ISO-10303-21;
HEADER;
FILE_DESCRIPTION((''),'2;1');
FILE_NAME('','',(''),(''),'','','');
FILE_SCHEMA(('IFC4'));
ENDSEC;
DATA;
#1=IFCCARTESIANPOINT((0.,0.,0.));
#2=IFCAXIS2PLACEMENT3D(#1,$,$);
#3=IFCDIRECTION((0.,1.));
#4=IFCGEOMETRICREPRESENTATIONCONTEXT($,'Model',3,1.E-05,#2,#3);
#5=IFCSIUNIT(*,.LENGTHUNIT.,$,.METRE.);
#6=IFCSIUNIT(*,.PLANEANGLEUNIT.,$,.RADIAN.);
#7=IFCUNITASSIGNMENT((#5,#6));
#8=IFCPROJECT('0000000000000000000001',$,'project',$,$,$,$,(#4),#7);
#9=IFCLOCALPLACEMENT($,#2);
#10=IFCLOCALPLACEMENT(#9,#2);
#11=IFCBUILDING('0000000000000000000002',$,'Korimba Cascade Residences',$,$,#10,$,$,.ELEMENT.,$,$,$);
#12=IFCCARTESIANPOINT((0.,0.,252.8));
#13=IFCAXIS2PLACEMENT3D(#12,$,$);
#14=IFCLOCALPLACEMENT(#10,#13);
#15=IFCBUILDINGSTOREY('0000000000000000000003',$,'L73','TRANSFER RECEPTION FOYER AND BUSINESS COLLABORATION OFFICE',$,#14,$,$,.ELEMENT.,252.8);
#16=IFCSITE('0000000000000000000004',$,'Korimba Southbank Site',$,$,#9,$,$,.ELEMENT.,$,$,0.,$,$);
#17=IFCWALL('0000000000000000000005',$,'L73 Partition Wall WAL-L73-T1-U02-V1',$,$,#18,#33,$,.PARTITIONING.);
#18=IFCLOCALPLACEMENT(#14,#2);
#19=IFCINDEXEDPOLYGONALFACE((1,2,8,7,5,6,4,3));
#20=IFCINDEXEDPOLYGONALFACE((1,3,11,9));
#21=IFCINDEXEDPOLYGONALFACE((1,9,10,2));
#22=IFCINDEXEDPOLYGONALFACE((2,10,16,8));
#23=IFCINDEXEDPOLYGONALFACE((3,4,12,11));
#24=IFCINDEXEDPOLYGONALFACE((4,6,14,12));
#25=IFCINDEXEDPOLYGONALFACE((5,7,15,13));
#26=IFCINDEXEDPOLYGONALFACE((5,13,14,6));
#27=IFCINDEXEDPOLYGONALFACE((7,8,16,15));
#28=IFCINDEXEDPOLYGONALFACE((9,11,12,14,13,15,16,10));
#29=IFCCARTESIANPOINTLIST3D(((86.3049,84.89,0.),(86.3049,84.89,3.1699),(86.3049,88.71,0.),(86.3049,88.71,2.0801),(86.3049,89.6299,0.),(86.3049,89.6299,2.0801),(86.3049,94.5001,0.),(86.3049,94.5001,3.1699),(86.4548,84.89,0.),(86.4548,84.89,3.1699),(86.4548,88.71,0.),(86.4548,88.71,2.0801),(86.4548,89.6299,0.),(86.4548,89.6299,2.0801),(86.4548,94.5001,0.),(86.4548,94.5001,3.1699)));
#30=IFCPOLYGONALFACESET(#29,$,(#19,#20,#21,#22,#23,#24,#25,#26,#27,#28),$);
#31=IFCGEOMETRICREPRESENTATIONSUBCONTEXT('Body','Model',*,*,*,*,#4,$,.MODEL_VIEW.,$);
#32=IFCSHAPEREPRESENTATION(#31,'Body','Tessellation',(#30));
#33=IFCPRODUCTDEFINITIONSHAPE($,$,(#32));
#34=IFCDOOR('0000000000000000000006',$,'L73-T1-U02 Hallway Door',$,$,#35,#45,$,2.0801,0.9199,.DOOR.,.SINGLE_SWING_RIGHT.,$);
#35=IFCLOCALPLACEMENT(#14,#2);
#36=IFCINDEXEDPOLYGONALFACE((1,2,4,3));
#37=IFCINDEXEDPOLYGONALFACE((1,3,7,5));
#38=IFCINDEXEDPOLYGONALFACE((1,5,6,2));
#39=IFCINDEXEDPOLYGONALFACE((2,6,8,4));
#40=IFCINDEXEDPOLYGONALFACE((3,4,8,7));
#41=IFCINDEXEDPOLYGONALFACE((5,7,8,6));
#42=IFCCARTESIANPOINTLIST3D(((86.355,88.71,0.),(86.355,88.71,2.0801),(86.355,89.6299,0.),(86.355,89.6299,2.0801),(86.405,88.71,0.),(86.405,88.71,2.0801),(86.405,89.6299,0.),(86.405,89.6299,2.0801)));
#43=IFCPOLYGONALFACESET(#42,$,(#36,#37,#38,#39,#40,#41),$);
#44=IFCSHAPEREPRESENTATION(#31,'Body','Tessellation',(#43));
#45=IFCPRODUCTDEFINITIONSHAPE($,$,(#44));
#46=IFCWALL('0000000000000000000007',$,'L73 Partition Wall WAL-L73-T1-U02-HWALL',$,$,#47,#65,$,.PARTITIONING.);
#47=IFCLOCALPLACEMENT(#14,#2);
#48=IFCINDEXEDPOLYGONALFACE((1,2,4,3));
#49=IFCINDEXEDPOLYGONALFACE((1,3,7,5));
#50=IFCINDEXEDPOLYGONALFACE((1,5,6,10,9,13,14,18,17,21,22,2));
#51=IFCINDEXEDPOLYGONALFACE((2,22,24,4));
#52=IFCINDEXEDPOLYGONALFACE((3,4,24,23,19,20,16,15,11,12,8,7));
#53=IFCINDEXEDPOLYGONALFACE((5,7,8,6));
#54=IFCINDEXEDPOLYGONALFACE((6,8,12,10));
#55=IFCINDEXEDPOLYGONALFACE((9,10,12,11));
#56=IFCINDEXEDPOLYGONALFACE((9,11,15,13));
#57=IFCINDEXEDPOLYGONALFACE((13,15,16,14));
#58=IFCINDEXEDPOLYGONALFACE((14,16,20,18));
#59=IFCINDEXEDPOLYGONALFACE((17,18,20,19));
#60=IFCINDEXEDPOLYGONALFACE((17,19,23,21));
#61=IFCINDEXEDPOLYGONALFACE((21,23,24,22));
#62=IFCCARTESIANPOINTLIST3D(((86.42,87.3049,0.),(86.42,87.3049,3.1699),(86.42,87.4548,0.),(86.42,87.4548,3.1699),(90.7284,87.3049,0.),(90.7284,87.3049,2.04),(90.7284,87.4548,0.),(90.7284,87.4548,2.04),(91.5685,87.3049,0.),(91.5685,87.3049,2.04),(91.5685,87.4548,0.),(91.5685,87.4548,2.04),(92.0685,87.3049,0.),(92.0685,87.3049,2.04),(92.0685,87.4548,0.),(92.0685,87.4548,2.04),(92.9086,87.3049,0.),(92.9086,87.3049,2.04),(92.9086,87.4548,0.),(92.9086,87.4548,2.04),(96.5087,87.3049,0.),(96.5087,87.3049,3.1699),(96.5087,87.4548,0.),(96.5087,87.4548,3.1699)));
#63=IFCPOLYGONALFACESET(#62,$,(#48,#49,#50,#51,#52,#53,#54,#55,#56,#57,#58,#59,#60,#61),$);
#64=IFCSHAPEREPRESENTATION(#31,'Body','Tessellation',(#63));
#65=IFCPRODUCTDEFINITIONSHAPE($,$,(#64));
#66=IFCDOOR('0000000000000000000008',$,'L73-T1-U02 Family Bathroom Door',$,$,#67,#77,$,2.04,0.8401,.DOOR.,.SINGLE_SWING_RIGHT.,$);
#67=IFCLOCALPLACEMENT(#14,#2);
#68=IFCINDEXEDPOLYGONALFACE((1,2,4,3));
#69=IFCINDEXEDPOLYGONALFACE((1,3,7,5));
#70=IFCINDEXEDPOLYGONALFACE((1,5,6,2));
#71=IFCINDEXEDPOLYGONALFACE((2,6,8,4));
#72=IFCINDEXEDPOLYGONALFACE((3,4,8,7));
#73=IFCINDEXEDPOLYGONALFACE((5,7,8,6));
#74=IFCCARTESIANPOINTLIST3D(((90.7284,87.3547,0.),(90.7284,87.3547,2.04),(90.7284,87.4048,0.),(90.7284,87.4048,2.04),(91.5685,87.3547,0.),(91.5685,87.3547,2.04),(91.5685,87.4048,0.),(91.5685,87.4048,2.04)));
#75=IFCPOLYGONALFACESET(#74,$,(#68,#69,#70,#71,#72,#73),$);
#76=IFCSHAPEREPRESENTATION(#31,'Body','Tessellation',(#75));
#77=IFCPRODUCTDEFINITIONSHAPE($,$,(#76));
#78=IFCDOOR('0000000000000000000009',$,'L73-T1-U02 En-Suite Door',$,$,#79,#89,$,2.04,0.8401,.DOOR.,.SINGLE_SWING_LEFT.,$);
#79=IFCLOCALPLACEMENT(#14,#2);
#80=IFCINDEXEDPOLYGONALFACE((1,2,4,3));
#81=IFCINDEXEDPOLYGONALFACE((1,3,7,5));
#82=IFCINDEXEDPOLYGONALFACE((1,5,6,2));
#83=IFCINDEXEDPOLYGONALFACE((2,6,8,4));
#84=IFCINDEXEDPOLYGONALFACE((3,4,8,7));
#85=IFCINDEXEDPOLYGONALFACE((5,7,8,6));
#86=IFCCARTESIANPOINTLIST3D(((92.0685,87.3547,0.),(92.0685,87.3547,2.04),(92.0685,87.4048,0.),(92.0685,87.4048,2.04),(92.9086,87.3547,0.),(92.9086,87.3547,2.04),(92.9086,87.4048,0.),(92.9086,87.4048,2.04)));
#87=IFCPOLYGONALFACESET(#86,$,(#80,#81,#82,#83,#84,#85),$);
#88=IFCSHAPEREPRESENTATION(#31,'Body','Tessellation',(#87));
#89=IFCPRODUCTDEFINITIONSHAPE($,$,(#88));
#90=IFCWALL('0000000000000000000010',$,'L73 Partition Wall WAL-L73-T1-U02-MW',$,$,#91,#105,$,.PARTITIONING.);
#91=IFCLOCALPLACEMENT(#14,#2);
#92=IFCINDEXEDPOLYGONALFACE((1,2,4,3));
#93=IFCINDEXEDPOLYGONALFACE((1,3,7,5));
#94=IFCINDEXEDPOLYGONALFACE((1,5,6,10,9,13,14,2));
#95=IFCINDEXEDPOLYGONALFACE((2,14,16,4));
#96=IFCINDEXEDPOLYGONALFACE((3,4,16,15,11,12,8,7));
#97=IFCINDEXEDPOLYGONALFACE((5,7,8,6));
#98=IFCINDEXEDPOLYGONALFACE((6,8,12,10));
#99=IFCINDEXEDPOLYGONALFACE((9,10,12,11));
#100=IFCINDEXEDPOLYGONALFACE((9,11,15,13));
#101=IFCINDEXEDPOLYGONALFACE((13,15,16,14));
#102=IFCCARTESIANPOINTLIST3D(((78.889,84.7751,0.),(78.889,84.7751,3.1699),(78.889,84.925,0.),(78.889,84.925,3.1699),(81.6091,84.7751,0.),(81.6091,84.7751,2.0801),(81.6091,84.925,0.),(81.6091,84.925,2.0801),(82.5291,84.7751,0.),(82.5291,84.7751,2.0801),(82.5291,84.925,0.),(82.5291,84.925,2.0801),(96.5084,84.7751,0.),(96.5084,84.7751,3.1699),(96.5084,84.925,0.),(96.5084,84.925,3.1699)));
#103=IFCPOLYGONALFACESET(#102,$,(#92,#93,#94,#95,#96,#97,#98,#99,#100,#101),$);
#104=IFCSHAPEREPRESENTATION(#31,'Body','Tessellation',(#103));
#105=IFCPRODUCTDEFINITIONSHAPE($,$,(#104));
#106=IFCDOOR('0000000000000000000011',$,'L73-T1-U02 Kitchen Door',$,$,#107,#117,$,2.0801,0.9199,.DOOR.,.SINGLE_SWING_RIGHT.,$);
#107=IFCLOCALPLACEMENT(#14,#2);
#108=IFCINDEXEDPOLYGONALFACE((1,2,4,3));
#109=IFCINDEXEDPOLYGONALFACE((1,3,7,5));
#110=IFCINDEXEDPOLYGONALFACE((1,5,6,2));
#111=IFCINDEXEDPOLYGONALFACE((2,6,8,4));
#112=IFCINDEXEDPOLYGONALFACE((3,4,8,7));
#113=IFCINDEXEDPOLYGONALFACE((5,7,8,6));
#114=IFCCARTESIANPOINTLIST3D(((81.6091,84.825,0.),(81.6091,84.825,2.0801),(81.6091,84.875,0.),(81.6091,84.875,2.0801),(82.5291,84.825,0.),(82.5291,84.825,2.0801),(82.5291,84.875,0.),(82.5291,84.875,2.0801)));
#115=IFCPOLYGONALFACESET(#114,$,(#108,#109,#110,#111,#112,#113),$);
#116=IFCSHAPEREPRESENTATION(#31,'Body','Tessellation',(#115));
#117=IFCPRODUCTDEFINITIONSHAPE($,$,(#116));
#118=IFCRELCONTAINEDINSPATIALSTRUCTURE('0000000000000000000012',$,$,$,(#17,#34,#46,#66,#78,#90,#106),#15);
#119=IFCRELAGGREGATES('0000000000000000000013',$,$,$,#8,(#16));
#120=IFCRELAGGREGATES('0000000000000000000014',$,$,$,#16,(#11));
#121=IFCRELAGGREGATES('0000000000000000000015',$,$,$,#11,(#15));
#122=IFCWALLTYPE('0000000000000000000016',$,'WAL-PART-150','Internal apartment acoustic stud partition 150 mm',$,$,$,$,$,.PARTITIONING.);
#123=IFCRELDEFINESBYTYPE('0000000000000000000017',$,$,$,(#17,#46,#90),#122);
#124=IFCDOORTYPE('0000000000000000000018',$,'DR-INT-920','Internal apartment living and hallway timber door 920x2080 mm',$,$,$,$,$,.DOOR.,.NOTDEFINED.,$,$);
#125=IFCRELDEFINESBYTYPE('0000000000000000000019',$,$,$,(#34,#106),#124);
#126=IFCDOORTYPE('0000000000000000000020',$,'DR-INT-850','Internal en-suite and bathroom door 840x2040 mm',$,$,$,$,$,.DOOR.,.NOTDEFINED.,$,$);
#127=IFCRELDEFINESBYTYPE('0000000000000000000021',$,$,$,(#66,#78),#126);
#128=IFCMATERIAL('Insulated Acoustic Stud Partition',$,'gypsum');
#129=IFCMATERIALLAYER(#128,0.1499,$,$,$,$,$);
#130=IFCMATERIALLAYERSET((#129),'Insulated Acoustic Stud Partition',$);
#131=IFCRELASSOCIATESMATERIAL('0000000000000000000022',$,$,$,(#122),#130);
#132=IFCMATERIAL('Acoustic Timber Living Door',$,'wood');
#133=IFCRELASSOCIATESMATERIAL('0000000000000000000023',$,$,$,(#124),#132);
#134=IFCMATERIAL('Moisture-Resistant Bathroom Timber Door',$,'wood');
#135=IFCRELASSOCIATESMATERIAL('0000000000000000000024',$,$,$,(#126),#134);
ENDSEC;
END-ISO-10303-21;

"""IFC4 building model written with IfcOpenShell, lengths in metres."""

from ifc_helpers import new_model, si_unit, direction, frame, frame_2d, origin, place, context, subcontext, project, spatial, rectangle, extrude, material, layer, layer_set, type_object, element, fill, save


model = new_model("IFC4")

# Units and contexts
model_context = context("Model", 3, precision=1e-05, world=origin(), true_north=direction((0.0, 1.0)))
body_context = subcontext(model_context, "Body", "Model", "MODEL_VIEW")
ifc_project = project(units=[si_unit("LENGTHUNIT", "METRE"), si_unit("PLANEANGLEUNIT", "RADIAN")], contexts=[model_context])

# Site, building, storey
site_placement = place(None, origin())
site = spatial("IfcSite", under=ifc_project, at=site_placement, Name="Korimba Southbank Site", CompositionType="ELEMENT", RefElevation=0.0)
building_placement = place(site_placement, origin())
building = spatial("IfcBuilding", under=site, at=building_placement, Name="Korimba Cascade Residences", CompositionType="ELEMENT")
storey_placement = place(building_placement, frame((0.0, 0.0, 252.8)))
storey = spatial("IfcBuildingStorey", under=building, at=storey_placement, Name="L73", Description="TRANSFER RECEPTION FOYER AND BUSINESS COLLABORATION OFFICE", CompositionType="ELEMENT", Elevation=252.8)

# Shared definitions
ifc_material_1 = material(Name="Insulated Acoustic Stud Partition", Category="gypsum")
ifc_layer = layer(ifc_material_1, 0.1499)
ifc_layer_set = layer_set([ifc_layer], Name="Insulated Acoustic Stud Partition")
wall_type = type_object("IfcWallType", Name="WAL-PART-150", Description="Internal apartment acoustic stud partition 150 mm", PredefinedType="PARTITIONING", material=ifc_layer_set)

# Shared definitions
ifc_material_2 = material(Name="Acoustic Timber Living Door", Category="wood")
door_type_1 = type_object("IfcDoorType", Name="DR-INT-920", Description="Internal apartment living and hallway timber door 920x2080 mm", OperationType="NOTDEFINED", PredefinedType="DOOR", material=ifc_material_2)

# Wall, opening, door
wall_1_placement = place(storey_placement, frame((86.3799, 84.8899, 0.0), z_axis=(0.0, 0.0, 1.0), x_axis=(0.0, 1.0, 0.0)))
wall_1 = element("IfcWall", 1, at=wall_1_placement, inside=storey, type_object=wall_type, Name="L73 Partition Wall WAL-L73-T1-U02-V1", PredefinedType="PARTITIONING", context=body_context, shape_type="SweptSolid", body=[
    extrude(rectangle(XDim=9.6101, YDim=0.1499, at=frame_2d((4.8052, 0.0))), origin(), (0.0, 0.0, 1.0), 3.1699),
])
opening_1_placement = place(wall_1_placement, frame((3.8201, 0.0, 0.0)))
opening_1 = element("IfcOpeningElement", 2, at=opening_1_placement, cuts=wall_1, PredefinedType="OPENING", context=body_context, shape_type="SweptSolid", body=[
    extrude(rectangle(XDim=0.9199, YDim=2.0801, at=frame_2d((0.46, 1.04))), frame((0.0, 0.085, 0.0), z_axis=(0.0, -1.0, 0.0), x_axis=(1.0, 0.0, 0.0)), (0.0, 0.0, 1.0), 0.1699),
])
door_1_placement = place(opening_1_placement, origin())
door_1 = element("IfcDoor", 3, at=door_1_placement, inside=storey, type_object=door_type_1, Name="L73-T1-U02 Hallway Door", OperationType="SINGLE_SWING_RIGHT", OverallHeight=2.0801, OverallWidth=0.9199, PredefinedType="DOOR", context=body_context, shape_type="SweptSolid", body=[
    extrude(rectangle(XDim=0.9199, YDim=2.0801, at=frame_2d((0.46, 1.04))), frame((0.0, 0.0249, 0.0), z_axis=(0.0, -1.0, 0.0), x_axis=(1.0, 0.0, 0.0)), (0.0, 0.0, 1.0), 0.05),
])
fill(opening_1, door_1)

# Wall, openings, doors
wall_2_placement = place(storey_placement, frame((86.4199, 87.3799, 0.0), z_axis=(0.0, 0.0, 1.0), x_axis=(1.0, 0.0, 0.0)))
wall_2 = element("IfcWall", 4, at=wall_2_placement, inside=storey, type_object=wall_type, Name="L73 Partition Wall WAL-L73-T1-U02-HWALL", PredefinedType="PARTITIONING", context=body_context, shape_type="SweptSolid", body=[
    extrude(rectangle(XDim=10.0886, YDim=0.1499, at=frame_2d((5.0444, 0.0))), origin(), (0.0, 0.0, 1.0), 3.1699),
])
opening_2_placement = place(wall_2_placement, frame((4.3086, 0.0, 0.0)))
opening_2 = element("IfcOpeningElement", 5, at=opening_2_placement, cuts=wall_2, PredefinedType="OPENING", context=body_context, shape_type="SweptSolid", body=[
    extrude(rectangle(XDim=0.8401, YDim=2.04, at=frame_2d((0.4199, 1.02))), frame((0.0, 0.085, 0.0), z_axis=(0.0, -1.0, 0.0), x_axis=(1.0, 0.0, 0.0)), (0.0, 0.0, 1.0), 0.1699),
])
opening_3_placement = place(wall_2_placement, frame((5.6487, 0.0, 0.0)))
opening_3 = element("IfcOpeningElement", 6, at=opening_3_placement, cuts=wall_2, PredefinedType="OPENING", context=body_context, shape_type="SweptSolid", body=[
    extrude(rectangle(XDim=0.8401, YDim=2.04, at=frame_2d((0.4199, 1.02))), frame((0.0, 0.085, 0.0), z_axis=(0.0, -1.0, 0.0), x_axis=(1.0, 0.0, 0.0)), (0.0, 0.0, 1.0), 0.1699),
])
ifc_material_3 = material(Name="Moisture-Resistant Bathroom Timber Door", Category="wood")
door_type_2 = type_object("IfcDoorType", Name="DR-INT-850", Description="Internal en-suite and bathroom door 840x2040 mm", OperationType="NOTDEFINED", PredefinedType="DOOR", material=ifc_material_3)
door_2_placement = place(opening_2_placement, origin())
door_2 = element("IfcDoor", 7, at=door_2_placement, inside=storey, type_object=door_type_2, Name="L73-T1-U02 Family Bathroom Door", OperationType="SINGLE_SWING_RIGHT", OverallHeight=2.04, OverallWidth=0.8401, PredefinedType="DOOR", context=body_context, shape_type="SweptSolid", body=[
    extrude(rectangle(XDim=0.8401, YDim=2.04, at=frame_2d((0.4199, 1.02))), frame((0.0, 0.0249, 0.0), z_axis=(0.0, -1.0, 0.0), x_axis=(1.0, 0.0, 0.0)), (0.0, 0.0, 1.0), 0.05),
])
fill(opening_2, door_2)
door_3_placement = place(opening_3_placement, origin())
door_3 = element("IfcDoor", 8, at=door_3_placement, inside=storey, type_object=door_type_2, Name="L73-T1-U02 En-Suite Door", OperationType="SINGLE_SWING_LEFT", OverallHeight=2.04, OverallWidth=0.8401, PredefinedType="DOOR", context=body_context, shape_type="SweptSolid", body=[
    extrude(rectangle(XDim=0.8401, YDim=2.04, at=frame_2d((0.4199, 1.02))), frame((0.0, 0.0249, 0.0), z_axis=(0.0, -1.0, 0.0), x_axis=(1.0, 0.0, 0.0)), (0.0, 0.0, 1.0), 0.05),
])
fill(opening_3, door_3)

# Wall, opening, door
wall_3_placement = place(storey_placement, frame((78.8892, 84.8501, 0.0), z_axis=(0.0, 0.0, 1.0), x_axis=(1.0, 0.0, 0.0)))
wall_3 = element("IfcWall", 9, at=wall_3_placement, inside=storey, type_object=wall_type, Name="L73 Partition Wall WAL-L73-T1-U02-MW", PredefinedType="PARTITIONING", context=body_context, shape_type="SweptSolid", body=[
    extrude(rectangle(XDim=17.6194, YDim=0.1499, at=frame_2d((8.8096, 0.0))), origin(), (0.0, 0.0, 1.0), 3.1699),
])
opening_4_placement = place(wall_3_placement, frame((2.72, 0.0, 0.0)))
opening_4 = element("IfcOpeningElement", 10, at=opening_4_placement, cuts=wall_3, PredefinedType="OPENING", context=body_context, shape_type="SweptSolid", body=[
    extrude(rectangle(XDim=0.9199, YDim=2.0801, at=frame_2d((0.46, 1.04))), frame((0.0, 0.085, 0.0), z_axis=(0.0, -1.0, 0.0), x_axis=(1.0, 0.0, 0.0)), (0.0, 0.0, 1.0), 0.1699),
])
door_4_placement = place(opening_4_placement, origin())
door_4 = element("IfcDoor", 11, at=door_4_placement, inside=storey, type_object=door_type_1, Name="L73-T1-U02 Kitchen Door", OperationType="SINGLE_SWING_RIGHT", OverallHeight=2.0801, OverallWidth=0.9199, PredefinedType="DOOR", context=body_context, shape_type="SweptSolid", body=[
    extrude(rectangle(XDim=0.9199, YDim=2.0801, at=frame_2d((0.46, 1.04))), frame((0.0, 0.0249, 0.0), z_axis=(0.0, -1.0, 0.0), x_axis=(1.0, 0.0, 0.0)), (0.0, 0.0, 1.0), 0.05),
])
fill(opening_4, door_4)

save(model, "model.ifc")
